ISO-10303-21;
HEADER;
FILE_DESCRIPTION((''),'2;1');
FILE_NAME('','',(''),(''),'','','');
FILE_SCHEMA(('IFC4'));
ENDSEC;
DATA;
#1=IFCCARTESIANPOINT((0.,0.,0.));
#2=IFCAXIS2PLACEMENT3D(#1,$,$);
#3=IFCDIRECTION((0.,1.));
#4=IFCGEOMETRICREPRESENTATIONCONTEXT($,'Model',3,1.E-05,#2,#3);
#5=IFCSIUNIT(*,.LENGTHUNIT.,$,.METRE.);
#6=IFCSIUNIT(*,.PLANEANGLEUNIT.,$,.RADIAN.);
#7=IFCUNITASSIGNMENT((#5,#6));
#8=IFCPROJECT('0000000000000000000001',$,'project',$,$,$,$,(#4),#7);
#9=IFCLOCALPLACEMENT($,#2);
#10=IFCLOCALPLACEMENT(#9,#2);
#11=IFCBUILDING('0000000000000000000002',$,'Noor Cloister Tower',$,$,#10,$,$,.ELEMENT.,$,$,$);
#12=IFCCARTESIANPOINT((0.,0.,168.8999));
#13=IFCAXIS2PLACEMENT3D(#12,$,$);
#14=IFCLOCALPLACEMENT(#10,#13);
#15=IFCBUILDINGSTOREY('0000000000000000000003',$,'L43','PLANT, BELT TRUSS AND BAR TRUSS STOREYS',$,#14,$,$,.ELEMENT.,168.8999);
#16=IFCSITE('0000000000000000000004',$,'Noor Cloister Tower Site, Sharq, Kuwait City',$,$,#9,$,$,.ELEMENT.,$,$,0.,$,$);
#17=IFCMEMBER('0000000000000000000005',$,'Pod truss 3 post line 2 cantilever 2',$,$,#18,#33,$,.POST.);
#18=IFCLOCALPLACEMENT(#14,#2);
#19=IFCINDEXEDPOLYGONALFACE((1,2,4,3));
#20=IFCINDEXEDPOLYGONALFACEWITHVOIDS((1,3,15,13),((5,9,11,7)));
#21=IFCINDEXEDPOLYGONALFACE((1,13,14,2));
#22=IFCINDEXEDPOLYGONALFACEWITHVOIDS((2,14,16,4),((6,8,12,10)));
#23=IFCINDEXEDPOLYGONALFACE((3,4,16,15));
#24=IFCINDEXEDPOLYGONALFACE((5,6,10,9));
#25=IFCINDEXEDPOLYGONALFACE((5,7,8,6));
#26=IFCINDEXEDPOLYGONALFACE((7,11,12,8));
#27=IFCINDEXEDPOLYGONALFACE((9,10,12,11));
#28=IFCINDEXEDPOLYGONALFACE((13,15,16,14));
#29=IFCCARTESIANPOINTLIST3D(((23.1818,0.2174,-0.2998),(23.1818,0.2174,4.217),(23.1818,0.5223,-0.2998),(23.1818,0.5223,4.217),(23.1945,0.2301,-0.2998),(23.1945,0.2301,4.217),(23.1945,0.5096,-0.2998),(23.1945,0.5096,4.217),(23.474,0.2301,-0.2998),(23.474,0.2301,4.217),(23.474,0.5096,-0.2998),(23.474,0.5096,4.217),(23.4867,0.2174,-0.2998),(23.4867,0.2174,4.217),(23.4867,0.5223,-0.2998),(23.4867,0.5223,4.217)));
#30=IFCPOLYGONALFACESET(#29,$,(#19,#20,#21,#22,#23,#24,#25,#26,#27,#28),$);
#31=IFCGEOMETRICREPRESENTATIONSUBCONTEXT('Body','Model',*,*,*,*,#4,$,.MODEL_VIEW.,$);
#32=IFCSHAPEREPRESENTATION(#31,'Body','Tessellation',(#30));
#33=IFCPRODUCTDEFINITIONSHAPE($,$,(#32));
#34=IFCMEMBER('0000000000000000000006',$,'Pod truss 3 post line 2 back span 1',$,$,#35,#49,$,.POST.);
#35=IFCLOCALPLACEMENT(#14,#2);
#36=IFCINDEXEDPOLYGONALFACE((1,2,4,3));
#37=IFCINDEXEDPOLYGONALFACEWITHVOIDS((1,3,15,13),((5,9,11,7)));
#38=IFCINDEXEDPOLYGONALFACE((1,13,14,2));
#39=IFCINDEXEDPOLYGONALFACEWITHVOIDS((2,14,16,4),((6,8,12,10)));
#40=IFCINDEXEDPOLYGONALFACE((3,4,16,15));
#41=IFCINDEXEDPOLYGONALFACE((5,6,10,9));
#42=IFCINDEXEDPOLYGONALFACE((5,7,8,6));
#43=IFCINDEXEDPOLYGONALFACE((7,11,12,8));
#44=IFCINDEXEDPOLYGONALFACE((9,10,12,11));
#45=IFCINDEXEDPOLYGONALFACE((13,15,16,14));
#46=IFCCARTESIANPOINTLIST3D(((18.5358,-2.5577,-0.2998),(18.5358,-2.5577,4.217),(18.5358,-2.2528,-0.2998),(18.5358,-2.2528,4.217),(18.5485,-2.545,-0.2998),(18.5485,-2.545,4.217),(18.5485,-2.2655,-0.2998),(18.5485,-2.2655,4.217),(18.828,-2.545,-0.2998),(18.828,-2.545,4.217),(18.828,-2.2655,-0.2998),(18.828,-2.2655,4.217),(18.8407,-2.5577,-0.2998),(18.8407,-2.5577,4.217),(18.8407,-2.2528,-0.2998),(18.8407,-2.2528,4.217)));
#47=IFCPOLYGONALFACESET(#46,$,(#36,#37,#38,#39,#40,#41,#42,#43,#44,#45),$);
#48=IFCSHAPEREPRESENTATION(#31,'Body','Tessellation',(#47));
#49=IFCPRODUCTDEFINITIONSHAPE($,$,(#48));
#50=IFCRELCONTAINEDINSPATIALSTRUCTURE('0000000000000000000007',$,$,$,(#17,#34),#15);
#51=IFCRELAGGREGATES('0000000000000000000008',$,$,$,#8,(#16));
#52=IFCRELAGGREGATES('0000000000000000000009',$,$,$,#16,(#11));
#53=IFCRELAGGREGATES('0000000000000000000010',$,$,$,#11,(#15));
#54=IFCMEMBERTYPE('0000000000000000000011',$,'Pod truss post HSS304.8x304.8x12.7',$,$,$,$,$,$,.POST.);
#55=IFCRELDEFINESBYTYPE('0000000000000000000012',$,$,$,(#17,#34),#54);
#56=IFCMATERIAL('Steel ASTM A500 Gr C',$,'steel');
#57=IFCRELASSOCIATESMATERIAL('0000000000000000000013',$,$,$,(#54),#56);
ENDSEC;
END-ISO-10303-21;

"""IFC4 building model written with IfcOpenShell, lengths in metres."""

from ifc_helpers import new_model, si_unit, direction, frame, origin, origin_2d, place, context, subcontext, project, spatial, hollow_rectangle, extrude, material, material_profile, profile_set, type_object, element, save


model = new_model("IFC4")

# Units and contexts
model_context = context("Model", 3, precision=1e-05, world=origin(), true_north=direction((0.0, 1.0)))
body_context = subcontext(model_context, "Body", "Model", "MODEL_VIEW")
ifc_project = project(units=[si_unit("LENGTHUNIT", "METRE"), si_unit("PLANEANGLEUNIT", "RADIAN")], contexts=[model_context])

# Site, building, storey
site_placement = place(None, origin())
site = spatial("IfcSite", under=ifc_project, at=site_placement, Name="Noor Cloister Tower Site, Sharq, Kuwait City", CompositionType="ELEMENT", RefElevation=0.0)
building_placement = place(site_placement, origin())
building = spatial("IfcBuilding", under=site, at=building_placement, Name="Noor Cloister Tower", CompositionType="ELEMENT")
storey_placement = place(building_placement, frame((0.0, 0.0, 168.8999)))
storey = spatial("IfcBuildingStorey", under=building, at=storey_placement, Name="L43", Description="PLANT, BELT TRUSS AND BAR TRUSS STOREYS", CompositionType="ELEMENT", Elevation=168.8999)

# Members
ifc_material_1 = material(Name="Steel ASTM A500 Gr C", Category="steel")
ifc_material_profile_1 = material_profile(ifc_material_1, hollow_rectangle(XDim=0.3049, YDim=0.3049, WallThickness=0.0127, at=origin_2d()), Name="HSS304.8x304.8x12.7")
ifc_profile_set_1 = profile_set([ifc_material_profile_1], Name="Steel ASTM A500 Gr C")
member_type_1 = type_object("IfcMemberType", Name="Pod truss post HSS304.8x304.8x12.7", PredefinedType="POST", material=ifc_profile_set_1)
for number, where, z_axis, x_axis, name in (
    (1, (23.3342, 0.3699, -0.2998), (0.0, 0.0, 1.0), (1.0, 0.0, 0.0), "Pod truss 3 post line 2 cantilever 2"),
    (2, (18.6882, -2.4053, -0.2998), (0.0, 0.0, 1.0), (1.0, 0.0, 0.0), "Pod truss 3 post line 2 back span 1"),
):
    element("IfcMember", number, at=place(storey_placement, frame(where, z_axis=z_axis, x_axis=x_axis)), inside=storey, type_object=member_type_1, Name=name, PredefinedType="POST", context=body_context, shape_type="SweptSolid", body=[
        extrude(hollow_rectangle(XDim=0.3049, YDim=0.3049, WallThickness=0.0127, at=origin_2d()), origin(), (0.0, 0.0, 1.0), 4.5168),
    ])

save(model, "model.ifc")
